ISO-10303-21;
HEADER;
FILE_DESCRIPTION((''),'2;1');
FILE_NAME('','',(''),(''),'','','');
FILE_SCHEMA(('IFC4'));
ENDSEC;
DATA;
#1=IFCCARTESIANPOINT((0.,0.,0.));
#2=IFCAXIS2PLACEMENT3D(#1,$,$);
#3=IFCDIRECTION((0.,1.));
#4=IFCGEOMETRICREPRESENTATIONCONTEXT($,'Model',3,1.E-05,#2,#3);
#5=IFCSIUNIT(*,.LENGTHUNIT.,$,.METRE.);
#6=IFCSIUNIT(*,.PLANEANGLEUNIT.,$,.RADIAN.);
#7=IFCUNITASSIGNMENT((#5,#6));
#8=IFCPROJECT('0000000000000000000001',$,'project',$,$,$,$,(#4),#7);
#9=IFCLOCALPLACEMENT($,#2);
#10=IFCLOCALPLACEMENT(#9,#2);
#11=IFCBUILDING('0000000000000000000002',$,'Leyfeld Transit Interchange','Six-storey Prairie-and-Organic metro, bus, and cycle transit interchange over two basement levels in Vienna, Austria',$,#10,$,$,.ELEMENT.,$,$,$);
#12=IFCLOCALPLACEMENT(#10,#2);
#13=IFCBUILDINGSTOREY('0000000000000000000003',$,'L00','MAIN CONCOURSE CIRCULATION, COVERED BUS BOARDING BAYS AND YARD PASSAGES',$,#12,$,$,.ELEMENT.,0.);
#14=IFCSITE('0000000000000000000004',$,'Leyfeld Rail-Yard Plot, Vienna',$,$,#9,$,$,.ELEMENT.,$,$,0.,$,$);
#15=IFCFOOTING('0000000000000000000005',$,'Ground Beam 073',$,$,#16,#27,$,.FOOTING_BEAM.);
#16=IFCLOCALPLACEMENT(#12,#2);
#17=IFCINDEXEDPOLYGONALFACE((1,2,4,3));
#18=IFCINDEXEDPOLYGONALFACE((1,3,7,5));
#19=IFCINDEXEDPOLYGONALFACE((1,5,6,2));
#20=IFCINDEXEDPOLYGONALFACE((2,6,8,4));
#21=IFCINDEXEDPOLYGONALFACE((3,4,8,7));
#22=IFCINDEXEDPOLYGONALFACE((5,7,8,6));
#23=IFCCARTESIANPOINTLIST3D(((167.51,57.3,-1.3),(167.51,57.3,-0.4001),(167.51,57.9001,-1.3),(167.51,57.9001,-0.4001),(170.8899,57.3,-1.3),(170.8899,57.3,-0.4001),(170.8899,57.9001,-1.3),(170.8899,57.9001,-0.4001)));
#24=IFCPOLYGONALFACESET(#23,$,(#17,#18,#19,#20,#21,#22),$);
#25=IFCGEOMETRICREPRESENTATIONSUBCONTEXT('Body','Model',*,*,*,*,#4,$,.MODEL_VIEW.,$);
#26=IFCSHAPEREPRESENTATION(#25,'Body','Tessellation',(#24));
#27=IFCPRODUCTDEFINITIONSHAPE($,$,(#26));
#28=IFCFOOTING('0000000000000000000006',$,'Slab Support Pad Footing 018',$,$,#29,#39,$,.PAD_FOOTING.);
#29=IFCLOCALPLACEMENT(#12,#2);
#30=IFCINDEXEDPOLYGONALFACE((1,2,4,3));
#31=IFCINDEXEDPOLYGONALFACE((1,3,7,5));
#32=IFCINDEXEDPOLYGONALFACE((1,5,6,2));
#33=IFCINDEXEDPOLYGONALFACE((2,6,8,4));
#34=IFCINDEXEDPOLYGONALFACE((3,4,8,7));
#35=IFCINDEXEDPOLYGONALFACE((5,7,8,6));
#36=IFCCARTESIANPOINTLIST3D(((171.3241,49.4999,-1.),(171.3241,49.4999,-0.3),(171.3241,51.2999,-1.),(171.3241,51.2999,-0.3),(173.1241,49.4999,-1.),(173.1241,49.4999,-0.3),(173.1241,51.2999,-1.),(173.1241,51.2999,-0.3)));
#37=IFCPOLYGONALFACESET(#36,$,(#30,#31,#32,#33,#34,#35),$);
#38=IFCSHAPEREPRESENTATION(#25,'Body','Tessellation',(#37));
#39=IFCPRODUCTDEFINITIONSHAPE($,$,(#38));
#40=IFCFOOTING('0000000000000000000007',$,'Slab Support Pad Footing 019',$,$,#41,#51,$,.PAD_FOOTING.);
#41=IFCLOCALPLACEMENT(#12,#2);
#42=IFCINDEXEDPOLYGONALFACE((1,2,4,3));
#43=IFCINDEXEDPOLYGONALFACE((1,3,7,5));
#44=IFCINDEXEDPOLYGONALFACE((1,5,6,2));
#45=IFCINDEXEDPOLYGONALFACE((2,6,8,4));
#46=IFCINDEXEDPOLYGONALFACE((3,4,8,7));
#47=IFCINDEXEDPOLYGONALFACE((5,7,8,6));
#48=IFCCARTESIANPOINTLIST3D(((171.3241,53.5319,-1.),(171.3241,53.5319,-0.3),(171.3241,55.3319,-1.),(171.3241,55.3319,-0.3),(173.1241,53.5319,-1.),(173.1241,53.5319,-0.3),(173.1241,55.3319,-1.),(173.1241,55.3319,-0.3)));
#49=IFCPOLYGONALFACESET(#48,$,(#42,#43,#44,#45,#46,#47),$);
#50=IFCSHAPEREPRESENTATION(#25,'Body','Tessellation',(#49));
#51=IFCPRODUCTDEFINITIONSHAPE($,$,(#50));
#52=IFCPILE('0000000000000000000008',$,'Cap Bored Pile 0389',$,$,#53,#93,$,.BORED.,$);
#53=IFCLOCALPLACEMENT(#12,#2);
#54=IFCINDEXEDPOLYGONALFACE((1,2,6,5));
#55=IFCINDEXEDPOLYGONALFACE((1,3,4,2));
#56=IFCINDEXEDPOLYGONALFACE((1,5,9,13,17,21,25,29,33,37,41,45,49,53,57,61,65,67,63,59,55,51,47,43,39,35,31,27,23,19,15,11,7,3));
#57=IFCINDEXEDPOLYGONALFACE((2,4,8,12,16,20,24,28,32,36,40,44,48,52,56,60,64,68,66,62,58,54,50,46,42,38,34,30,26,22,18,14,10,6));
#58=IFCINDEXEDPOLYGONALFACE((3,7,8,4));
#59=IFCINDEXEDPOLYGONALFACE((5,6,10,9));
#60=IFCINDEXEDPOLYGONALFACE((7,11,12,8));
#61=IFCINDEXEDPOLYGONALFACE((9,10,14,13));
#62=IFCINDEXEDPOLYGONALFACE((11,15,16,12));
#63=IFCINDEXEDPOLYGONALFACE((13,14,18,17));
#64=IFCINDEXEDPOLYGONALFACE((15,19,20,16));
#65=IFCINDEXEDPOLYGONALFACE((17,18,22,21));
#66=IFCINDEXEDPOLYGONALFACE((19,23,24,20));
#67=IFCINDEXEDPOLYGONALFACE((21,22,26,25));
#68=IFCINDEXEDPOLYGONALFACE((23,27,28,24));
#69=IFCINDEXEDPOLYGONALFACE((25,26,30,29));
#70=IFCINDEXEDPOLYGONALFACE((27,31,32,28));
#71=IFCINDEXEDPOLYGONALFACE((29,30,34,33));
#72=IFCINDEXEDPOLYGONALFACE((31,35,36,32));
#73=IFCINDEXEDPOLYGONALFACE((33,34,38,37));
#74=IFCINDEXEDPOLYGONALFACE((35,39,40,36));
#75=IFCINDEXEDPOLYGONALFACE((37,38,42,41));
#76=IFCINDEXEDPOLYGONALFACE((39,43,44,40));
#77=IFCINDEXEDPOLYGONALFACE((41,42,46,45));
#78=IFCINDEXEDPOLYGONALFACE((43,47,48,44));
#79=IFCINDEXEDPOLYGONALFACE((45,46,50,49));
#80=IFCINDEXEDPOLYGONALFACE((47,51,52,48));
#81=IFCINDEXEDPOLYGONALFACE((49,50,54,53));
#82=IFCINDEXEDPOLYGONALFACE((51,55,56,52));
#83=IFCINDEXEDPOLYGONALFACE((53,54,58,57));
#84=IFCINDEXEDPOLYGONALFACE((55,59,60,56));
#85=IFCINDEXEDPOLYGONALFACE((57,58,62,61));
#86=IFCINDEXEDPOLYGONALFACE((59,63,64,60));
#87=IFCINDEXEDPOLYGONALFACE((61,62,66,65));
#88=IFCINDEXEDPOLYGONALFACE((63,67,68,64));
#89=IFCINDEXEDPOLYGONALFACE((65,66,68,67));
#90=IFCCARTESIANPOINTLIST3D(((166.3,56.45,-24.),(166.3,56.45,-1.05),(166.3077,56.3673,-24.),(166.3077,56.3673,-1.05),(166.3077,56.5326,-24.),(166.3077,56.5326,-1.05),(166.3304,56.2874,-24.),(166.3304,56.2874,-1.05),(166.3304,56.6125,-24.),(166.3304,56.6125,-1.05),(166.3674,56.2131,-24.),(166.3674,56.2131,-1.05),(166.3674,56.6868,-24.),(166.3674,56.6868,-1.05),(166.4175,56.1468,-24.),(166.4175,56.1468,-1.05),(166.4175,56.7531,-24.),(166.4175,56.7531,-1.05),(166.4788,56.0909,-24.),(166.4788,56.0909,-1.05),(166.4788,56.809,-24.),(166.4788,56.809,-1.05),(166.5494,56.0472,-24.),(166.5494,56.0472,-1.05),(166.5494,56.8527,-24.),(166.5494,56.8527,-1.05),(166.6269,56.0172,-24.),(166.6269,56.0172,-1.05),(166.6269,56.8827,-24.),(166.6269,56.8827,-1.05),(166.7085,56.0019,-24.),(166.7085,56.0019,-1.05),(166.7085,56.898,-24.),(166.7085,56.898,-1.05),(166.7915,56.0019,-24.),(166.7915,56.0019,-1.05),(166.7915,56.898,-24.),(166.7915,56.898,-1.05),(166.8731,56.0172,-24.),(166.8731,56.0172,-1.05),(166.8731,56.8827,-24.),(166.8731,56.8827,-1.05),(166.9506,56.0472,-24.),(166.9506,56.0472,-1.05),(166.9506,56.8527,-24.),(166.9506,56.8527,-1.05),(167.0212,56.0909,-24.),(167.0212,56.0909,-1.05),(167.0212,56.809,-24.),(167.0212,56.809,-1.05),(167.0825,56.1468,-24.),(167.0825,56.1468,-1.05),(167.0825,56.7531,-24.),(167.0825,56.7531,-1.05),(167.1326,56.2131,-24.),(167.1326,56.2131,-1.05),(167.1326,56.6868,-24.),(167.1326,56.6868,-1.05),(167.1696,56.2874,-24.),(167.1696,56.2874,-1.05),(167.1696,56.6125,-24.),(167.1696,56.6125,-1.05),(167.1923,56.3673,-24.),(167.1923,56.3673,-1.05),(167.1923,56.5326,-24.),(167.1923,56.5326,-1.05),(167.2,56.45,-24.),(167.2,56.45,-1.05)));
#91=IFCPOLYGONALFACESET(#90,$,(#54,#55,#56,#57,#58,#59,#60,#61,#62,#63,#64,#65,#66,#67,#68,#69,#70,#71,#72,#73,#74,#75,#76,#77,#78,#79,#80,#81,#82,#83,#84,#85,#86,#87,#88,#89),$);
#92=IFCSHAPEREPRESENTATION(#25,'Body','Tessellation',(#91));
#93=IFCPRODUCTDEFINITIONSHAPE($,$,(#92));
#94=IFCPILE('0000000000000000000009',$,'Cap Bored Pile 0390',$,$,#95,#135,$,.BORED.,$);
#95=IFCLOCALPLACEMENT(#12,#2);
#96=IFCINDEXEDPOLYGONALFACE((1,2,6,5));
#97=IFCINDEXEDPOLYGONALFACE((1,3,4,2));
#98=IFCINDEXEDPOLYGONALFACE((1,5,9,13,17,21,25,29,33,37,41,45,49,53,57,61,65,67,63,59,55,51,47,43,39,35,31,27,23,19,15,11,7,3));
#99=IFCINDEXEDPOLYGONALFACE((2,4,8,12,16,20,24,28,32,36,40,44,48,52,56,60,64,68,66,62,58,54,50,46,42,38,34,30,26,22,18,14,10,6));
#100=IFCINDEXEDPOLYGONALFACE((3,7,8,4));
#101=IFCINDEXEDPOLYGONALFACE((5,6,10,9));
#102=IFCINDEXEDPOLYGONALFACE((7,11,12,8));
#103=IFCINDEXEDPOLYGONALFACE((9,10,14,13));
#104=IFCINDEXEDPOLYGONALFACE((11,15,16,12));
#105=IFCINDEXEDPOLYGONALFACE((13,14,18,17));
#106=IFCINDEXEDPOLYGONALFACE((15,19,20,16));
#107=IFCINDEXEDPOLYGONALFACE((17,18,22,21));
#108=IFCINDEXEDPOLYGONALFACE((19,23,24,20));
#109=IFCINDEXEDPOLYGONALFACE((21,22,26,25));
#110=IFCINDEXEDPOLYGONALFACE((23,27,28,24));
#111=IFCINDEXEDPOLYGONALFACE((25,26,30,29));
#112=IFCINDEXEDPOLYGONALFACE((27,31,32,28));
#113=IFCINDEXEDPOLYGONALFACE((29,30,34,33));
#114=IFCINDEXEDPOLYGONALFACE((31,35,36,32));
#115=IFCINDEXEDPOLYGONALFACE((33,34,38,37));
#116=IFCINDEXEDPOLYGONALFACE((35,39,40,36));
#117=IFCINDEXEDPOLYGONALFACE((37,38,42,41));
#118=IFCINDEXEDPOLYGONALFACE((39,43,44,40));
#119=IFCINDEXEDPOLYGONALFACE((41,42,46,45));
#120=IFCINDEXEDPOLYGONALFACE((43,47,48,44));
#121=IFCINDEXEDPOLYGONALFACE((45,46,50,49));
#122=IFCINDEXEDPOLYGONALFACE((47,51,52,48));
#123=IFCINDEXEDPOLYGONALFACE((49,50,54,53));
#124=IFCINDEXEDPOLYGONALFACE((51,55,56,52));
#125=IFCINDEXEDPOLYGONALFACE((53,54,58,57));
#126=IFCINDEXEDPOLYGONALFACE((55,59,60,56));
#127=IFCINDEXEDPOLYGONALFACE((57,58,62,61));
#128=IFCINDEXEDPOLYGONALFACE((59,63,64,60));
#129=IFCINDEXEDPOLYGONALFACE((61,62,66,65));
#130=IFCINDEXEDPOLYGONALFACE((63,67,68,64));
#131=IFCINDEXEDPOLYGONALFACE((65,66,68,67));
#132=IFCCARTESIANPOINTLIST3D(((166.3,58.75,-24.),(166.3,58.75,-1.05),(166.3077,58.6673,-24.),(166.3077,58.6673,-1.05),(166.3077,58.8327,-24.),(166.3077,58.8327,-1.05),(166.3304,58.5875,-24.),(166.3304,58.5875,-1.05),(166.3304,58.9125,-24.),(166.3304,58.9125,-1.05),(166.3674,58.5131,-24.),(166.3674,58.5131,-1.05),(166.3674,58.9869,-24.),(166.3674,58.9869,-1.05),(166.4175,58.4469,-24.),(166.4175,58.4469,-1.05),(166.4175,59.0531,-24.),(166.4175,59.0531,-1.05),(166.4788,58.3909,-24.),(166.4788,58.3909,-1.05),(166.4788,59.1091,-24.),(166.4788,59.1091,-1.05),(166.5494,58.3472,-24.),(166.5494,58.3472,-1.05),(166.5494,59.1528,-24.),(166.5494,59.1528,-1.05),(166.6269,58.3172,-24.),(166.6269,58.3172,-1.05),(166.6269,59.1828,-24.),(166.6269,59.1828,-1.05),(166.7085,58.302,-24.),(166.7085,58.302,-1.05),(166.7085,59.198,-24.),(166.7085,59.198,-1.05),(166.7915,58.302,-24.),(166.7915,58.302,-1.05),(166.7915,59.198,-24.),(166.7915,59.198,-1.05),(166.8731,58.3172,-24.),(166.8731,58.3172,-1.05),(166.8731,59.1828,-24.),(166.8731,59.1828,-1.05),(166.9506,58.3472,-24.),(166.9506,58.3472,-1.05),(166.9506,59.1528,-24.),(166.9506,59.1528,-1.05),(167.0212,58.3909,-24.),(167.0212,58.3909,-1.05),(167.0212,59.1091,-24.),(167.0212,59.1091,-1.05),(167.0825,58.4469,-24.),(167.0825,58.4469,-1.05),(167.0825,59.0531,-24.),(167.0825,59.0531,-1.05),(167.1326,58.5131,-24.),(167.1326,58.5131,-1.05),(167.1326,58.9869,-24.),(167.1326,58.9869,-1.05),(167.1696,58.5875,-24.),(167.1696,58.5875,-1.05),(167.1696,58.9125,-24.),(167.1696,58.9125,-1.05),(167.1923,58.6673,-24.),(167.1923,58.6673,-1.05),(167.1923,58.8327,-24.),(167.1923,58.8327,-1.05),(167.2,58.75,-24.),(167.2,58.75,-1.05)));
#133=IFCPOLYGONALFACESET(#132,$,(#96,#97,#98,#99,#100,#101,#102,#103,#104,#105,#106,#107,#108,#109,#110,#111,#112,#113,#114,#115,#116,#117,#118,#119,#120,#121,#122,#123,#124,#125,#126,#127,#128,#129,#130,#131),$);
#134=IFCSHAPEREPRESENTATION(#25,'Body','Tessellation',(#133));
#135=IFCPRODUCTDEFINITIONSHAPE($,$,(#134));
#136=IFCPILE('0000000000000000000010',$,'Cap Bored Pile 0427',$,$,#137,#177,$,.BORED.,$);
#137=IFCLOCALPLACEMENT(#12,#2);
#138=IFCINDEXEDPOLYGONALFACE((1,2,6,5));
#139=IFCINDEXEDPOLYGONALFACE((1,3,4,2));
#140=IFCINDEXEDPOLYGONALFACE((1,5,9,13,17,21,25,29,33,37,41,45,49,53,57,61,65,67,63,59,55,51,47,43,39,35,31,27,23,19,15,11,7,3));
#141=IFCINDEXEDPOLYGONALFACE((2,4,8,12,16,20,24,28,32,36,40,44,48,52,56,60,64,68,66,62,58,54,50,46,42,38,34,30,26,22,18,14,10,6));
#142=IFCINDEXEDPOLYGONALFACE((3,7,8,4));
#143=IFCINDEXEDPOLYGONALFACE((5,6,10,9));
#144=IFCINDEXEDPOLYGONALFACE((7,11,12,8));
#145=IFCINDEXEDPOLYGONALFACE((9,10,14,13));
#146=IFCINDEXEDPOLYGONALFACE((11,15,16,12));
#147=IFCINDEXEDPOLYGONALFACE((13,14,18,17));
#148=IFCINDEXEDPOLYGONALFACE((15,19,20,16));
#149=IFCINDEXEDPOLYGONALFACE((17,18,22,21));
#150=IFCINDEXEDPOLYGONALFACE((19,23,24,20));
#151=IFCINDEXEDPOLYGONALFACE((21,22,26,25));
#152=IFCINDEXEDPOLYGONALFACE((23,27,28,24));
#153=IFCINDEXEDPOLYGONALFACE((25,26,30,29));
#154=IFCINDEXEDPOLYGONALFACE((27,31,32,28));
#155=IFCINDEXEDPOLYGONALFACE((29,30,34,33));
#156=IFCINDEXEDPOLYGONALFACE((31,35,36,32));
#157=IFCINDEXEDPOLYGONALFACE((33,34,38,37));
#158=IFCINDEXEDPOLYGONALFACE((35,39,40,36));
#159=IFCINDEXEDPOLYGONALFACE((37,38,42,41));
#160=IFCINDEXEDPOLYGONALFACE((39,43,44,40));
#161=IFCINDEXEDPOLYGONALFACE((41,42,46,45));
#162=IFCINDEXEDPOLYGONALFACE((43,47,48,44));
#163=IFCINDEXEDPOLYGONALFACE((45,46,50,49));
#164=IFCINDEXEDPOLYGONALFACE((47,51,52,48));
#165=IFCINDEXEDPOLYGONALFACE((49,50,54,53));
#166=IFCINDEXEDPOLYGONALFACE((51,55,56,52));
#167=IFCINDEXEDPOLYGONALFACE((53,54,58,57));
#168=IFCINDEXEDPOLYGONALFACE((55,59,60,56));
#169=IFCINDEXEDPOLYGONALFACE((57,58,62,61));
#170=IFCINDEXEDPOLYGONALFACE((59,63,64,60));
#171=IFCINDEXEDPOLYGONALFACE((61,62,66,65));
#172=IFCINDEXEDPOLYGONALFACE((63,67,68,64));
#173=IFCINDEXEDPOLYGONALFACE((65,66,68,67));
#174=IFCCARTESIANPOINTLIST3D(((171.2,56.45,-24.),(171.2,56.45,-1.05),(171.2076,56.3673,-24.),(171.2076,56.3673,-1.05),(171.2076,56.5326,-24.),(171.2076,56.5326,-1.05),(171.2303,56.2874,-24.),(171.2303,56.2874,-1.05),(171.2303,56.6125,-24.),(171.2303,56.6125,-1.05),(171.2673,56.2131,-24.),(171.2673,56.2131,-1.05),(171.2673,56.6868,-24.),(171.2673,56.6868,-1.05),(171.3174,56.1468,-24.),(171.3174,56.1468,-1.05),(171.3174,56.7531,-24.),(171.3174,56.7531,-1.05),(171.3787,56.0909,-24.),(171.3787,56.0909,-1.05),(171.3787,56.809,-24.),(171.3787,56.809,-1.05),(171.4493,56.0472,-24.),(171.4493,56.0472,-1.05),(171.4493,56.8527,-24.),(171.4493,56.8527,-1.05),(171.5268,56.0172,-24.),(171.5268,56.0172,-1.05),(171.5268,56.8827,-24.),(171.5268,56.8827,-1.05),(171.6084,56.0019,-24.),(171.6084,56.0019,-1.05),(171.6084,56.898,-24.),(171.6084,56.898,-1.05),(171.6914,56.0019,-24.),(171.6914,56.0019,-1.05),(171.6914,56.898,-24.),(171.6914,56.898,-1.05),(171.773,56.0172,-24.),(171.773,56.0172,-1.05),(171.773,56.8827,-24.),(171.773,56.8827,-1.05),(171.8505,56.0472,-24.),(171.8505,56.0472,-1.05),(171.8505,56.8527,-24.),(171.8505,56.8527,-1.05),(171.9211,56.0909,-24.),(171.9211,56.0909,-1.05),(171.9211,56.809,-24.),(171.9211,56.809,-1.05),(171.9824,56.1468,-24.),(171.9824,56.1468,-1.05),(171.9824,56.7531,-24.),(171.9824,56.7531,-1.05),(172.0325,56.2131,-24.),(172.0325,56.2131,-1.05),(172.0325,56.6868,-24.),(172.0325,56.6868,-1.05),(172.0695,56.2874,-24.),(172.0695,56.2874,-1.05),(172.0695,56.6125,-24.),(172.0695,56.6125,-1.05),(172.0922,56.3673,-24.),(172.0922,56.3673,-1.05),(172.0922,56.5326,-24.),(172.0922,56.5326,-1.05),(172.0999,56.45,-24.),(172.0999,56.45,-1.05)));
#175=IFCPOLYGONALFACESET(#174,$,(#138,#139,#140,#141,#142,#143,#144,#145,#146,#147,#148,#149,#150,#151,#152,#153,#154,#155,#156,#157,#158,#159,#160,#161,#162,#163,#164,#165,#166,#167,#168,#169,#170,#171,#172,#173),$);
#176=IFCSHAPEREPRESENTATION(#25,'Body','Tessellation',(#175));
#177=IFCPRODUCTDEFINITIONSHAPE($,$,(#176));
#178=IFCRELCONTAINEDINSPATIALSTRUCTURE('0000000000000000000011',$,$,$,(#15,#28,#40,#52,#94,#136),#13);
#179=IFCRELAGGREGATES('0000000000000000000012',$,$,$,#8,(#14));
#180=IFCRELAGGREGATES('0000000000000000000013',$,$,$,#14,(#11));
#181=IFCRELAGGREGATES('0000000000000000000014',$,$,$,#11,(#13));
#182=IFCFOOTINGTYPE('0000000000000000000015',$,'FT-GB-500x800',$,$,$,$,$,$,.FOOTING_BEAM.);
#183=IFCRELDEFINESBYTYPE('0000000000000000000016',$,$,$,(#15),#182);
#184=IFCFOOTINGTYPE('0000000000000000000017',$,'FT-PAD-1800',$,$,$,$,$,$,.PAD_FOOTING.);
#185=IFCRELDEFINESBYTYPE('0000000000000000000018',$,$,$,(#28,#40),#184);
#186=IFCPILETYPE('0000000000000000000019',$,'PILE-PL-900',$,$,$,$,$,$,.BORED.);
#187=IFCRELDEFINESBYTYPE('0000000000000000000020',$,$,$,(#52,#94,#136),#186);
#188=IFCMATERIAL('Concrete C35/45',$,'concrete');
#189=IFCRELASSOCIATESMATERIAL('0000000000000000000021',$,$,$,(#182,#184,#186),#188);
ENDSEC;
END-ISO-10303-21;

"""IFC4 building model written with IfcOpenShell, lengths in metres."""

from ifc_helpers import new_model, si_unit, direction, frame, origin, origin_2d, place, context, subcontext, project, spatial, rectangle, circle, extrude, material, material_profile, profile_set, type_object, element, save


model = new_model("IFC4")

# Units and contexts
model_context = context("Model", 3, precision=1e-05, world=origin(), true_north=direction((0.0, 1.0)))
body_context = subcontext(model_context, "Body", "Model", "MODEL_VIEW")
ifc_project = project(units=[si_unit("LENGTHUNIT", "METRE"), si_unit("PLANEANGLEUNIT", "RADIAN")], contexts=[model_context])

# Site, building, storey
site_placement = place(None, origin())
site = spatial("IfcSite", under=ifc_project, at=site_placement, Name="Leyfeld Rail-Yard Plot, Vienna", CompositionType="ELEMENT", RefElevation=0.0)
building_placement = place(site_placement, origin())
building = spatial("IfcBuilding", under=site, at=building_placement, Name="Leyfeld Transit Interchange", Description="Six-storey Prairie-and-Organic metro, bus, and cycle transit interchange over two basement levels in Vienna, Austria", CompositionType="ELEMENT")
storey_placement = place(building_placement, origin())
storey = spatial("IfcBuildingStorey", under=building, at=storey_placement, Name="L00", Description="MAIN CONCOURSE CIRCULATION, COVERED BUS BOARDING BAYS AND YARD PASSAGES", CompositionType="ELEMENT", Elevation=0.0)

# Footings
ifc_material_1 = material(Name="Concrete C35/45", Category="concrete")
footing_type_1 = type_object("IfcFootingType", Name="FT-GB-500x800", PredefinedType="FOOTING_BEAM", material=ifc_material_1)
footing_placement = place(storey_placement, frame((169.2, 57.6001, -1.3), z_axis=(0.0, 0.0, 1.0), x_axis=(1.0, 0.0, 0.0)))
element("IfcFooting", 1, at=footing_placement, inside=storey, type_object=footing_type_1, Name="Ground Beam 073", PredefinedType="FOOTING_BEAM", context=body_context, shape_type="SweptSolid", body=[
    extrude(rectangle(XDim=3.3799, YDim=0.6001, at=origin_2d()), origin(), (0.0, 0.0, 1.0), 0.8999),
])
footing_type_2 = type_object("IfcFootingType", Name="FT-PAD-1800", PredefinedType="PAD_FOOTING", material=ifc_material_1)
for number, where, z_axis, x_axis, name in (
    (2, (172.2241, 50.3999, -1.0), (0.0, 0.0, 1.0), (1.0, 0.0, 0.0), "Slab Support Pad Footing 018"),
    (3, (172.2241, 54.4319, -1.0), (0.0, 0.0, 1.0), (1.0, 0.0, 0.0), "Slab Support Pad Footing 019"),
):
    element("IfcFooting", number, at=place(storey_placement, frame(where, z_axis=z_axis, x_axis=x_axis)), inside=storey, type_object=footing_type_2, Name=name, PredefinedType="PAD_FOOTING", context=body_context, shape_type="SweptSolid", body=[
        extrude(rectangle(XDim=1.8, YDim=1.8, at=origin_2d()), origin(), (0.0, 0.0, 1.0), 0.7),
    ])

# Piles
ifc_material_profile_1 = material_profile(ifc_material_1, circle(Radius=0.45, at=origin_2d()), Name="PILE D900")
ifc_profile_set_1 = profile_set([ifc_material_profile_1], Name="Concrete C35/45")
pile_type = type_object("IfcPileType", Name="PILE-PL-900", PredefinedType="BORED", material=ifc_profile_set_1)
for number, where, z_axis, x_axis, name in (
    (4, (166.75, 56.45, -1.05), (0.0, 0.0, -1.0), (1.0, 0.0, 0.0), "Cap Bored Pile 0389"),
    (5, (166.75, 58.75, -1.05), (0.0, 0.0, -1.0), (1.0, 0.0, 0.0), "Cap Bored Pile 0390"),
    (6, (171.6499, 56.45, -1.05), (0.0, 0.0, -1.0), (1.0, 0.0, 0.0), "Cap Bored Pile 0427"),
):
    element("IfcPile", number, at=place(storey_placement, frame(where, z_axis=z_axis, x_axis=x_axis)), inside=storey, type_object=pile_type, Name=name, PredefinedType="BORED", context=body_context, shape_type="SweptSolid", body=[
        extrude(circle(Radius=0.45, at=origin_2d()), origin(), (0.0, 0.0, 1.0), 22.95),
    ])

save(model, "model.ifc")
